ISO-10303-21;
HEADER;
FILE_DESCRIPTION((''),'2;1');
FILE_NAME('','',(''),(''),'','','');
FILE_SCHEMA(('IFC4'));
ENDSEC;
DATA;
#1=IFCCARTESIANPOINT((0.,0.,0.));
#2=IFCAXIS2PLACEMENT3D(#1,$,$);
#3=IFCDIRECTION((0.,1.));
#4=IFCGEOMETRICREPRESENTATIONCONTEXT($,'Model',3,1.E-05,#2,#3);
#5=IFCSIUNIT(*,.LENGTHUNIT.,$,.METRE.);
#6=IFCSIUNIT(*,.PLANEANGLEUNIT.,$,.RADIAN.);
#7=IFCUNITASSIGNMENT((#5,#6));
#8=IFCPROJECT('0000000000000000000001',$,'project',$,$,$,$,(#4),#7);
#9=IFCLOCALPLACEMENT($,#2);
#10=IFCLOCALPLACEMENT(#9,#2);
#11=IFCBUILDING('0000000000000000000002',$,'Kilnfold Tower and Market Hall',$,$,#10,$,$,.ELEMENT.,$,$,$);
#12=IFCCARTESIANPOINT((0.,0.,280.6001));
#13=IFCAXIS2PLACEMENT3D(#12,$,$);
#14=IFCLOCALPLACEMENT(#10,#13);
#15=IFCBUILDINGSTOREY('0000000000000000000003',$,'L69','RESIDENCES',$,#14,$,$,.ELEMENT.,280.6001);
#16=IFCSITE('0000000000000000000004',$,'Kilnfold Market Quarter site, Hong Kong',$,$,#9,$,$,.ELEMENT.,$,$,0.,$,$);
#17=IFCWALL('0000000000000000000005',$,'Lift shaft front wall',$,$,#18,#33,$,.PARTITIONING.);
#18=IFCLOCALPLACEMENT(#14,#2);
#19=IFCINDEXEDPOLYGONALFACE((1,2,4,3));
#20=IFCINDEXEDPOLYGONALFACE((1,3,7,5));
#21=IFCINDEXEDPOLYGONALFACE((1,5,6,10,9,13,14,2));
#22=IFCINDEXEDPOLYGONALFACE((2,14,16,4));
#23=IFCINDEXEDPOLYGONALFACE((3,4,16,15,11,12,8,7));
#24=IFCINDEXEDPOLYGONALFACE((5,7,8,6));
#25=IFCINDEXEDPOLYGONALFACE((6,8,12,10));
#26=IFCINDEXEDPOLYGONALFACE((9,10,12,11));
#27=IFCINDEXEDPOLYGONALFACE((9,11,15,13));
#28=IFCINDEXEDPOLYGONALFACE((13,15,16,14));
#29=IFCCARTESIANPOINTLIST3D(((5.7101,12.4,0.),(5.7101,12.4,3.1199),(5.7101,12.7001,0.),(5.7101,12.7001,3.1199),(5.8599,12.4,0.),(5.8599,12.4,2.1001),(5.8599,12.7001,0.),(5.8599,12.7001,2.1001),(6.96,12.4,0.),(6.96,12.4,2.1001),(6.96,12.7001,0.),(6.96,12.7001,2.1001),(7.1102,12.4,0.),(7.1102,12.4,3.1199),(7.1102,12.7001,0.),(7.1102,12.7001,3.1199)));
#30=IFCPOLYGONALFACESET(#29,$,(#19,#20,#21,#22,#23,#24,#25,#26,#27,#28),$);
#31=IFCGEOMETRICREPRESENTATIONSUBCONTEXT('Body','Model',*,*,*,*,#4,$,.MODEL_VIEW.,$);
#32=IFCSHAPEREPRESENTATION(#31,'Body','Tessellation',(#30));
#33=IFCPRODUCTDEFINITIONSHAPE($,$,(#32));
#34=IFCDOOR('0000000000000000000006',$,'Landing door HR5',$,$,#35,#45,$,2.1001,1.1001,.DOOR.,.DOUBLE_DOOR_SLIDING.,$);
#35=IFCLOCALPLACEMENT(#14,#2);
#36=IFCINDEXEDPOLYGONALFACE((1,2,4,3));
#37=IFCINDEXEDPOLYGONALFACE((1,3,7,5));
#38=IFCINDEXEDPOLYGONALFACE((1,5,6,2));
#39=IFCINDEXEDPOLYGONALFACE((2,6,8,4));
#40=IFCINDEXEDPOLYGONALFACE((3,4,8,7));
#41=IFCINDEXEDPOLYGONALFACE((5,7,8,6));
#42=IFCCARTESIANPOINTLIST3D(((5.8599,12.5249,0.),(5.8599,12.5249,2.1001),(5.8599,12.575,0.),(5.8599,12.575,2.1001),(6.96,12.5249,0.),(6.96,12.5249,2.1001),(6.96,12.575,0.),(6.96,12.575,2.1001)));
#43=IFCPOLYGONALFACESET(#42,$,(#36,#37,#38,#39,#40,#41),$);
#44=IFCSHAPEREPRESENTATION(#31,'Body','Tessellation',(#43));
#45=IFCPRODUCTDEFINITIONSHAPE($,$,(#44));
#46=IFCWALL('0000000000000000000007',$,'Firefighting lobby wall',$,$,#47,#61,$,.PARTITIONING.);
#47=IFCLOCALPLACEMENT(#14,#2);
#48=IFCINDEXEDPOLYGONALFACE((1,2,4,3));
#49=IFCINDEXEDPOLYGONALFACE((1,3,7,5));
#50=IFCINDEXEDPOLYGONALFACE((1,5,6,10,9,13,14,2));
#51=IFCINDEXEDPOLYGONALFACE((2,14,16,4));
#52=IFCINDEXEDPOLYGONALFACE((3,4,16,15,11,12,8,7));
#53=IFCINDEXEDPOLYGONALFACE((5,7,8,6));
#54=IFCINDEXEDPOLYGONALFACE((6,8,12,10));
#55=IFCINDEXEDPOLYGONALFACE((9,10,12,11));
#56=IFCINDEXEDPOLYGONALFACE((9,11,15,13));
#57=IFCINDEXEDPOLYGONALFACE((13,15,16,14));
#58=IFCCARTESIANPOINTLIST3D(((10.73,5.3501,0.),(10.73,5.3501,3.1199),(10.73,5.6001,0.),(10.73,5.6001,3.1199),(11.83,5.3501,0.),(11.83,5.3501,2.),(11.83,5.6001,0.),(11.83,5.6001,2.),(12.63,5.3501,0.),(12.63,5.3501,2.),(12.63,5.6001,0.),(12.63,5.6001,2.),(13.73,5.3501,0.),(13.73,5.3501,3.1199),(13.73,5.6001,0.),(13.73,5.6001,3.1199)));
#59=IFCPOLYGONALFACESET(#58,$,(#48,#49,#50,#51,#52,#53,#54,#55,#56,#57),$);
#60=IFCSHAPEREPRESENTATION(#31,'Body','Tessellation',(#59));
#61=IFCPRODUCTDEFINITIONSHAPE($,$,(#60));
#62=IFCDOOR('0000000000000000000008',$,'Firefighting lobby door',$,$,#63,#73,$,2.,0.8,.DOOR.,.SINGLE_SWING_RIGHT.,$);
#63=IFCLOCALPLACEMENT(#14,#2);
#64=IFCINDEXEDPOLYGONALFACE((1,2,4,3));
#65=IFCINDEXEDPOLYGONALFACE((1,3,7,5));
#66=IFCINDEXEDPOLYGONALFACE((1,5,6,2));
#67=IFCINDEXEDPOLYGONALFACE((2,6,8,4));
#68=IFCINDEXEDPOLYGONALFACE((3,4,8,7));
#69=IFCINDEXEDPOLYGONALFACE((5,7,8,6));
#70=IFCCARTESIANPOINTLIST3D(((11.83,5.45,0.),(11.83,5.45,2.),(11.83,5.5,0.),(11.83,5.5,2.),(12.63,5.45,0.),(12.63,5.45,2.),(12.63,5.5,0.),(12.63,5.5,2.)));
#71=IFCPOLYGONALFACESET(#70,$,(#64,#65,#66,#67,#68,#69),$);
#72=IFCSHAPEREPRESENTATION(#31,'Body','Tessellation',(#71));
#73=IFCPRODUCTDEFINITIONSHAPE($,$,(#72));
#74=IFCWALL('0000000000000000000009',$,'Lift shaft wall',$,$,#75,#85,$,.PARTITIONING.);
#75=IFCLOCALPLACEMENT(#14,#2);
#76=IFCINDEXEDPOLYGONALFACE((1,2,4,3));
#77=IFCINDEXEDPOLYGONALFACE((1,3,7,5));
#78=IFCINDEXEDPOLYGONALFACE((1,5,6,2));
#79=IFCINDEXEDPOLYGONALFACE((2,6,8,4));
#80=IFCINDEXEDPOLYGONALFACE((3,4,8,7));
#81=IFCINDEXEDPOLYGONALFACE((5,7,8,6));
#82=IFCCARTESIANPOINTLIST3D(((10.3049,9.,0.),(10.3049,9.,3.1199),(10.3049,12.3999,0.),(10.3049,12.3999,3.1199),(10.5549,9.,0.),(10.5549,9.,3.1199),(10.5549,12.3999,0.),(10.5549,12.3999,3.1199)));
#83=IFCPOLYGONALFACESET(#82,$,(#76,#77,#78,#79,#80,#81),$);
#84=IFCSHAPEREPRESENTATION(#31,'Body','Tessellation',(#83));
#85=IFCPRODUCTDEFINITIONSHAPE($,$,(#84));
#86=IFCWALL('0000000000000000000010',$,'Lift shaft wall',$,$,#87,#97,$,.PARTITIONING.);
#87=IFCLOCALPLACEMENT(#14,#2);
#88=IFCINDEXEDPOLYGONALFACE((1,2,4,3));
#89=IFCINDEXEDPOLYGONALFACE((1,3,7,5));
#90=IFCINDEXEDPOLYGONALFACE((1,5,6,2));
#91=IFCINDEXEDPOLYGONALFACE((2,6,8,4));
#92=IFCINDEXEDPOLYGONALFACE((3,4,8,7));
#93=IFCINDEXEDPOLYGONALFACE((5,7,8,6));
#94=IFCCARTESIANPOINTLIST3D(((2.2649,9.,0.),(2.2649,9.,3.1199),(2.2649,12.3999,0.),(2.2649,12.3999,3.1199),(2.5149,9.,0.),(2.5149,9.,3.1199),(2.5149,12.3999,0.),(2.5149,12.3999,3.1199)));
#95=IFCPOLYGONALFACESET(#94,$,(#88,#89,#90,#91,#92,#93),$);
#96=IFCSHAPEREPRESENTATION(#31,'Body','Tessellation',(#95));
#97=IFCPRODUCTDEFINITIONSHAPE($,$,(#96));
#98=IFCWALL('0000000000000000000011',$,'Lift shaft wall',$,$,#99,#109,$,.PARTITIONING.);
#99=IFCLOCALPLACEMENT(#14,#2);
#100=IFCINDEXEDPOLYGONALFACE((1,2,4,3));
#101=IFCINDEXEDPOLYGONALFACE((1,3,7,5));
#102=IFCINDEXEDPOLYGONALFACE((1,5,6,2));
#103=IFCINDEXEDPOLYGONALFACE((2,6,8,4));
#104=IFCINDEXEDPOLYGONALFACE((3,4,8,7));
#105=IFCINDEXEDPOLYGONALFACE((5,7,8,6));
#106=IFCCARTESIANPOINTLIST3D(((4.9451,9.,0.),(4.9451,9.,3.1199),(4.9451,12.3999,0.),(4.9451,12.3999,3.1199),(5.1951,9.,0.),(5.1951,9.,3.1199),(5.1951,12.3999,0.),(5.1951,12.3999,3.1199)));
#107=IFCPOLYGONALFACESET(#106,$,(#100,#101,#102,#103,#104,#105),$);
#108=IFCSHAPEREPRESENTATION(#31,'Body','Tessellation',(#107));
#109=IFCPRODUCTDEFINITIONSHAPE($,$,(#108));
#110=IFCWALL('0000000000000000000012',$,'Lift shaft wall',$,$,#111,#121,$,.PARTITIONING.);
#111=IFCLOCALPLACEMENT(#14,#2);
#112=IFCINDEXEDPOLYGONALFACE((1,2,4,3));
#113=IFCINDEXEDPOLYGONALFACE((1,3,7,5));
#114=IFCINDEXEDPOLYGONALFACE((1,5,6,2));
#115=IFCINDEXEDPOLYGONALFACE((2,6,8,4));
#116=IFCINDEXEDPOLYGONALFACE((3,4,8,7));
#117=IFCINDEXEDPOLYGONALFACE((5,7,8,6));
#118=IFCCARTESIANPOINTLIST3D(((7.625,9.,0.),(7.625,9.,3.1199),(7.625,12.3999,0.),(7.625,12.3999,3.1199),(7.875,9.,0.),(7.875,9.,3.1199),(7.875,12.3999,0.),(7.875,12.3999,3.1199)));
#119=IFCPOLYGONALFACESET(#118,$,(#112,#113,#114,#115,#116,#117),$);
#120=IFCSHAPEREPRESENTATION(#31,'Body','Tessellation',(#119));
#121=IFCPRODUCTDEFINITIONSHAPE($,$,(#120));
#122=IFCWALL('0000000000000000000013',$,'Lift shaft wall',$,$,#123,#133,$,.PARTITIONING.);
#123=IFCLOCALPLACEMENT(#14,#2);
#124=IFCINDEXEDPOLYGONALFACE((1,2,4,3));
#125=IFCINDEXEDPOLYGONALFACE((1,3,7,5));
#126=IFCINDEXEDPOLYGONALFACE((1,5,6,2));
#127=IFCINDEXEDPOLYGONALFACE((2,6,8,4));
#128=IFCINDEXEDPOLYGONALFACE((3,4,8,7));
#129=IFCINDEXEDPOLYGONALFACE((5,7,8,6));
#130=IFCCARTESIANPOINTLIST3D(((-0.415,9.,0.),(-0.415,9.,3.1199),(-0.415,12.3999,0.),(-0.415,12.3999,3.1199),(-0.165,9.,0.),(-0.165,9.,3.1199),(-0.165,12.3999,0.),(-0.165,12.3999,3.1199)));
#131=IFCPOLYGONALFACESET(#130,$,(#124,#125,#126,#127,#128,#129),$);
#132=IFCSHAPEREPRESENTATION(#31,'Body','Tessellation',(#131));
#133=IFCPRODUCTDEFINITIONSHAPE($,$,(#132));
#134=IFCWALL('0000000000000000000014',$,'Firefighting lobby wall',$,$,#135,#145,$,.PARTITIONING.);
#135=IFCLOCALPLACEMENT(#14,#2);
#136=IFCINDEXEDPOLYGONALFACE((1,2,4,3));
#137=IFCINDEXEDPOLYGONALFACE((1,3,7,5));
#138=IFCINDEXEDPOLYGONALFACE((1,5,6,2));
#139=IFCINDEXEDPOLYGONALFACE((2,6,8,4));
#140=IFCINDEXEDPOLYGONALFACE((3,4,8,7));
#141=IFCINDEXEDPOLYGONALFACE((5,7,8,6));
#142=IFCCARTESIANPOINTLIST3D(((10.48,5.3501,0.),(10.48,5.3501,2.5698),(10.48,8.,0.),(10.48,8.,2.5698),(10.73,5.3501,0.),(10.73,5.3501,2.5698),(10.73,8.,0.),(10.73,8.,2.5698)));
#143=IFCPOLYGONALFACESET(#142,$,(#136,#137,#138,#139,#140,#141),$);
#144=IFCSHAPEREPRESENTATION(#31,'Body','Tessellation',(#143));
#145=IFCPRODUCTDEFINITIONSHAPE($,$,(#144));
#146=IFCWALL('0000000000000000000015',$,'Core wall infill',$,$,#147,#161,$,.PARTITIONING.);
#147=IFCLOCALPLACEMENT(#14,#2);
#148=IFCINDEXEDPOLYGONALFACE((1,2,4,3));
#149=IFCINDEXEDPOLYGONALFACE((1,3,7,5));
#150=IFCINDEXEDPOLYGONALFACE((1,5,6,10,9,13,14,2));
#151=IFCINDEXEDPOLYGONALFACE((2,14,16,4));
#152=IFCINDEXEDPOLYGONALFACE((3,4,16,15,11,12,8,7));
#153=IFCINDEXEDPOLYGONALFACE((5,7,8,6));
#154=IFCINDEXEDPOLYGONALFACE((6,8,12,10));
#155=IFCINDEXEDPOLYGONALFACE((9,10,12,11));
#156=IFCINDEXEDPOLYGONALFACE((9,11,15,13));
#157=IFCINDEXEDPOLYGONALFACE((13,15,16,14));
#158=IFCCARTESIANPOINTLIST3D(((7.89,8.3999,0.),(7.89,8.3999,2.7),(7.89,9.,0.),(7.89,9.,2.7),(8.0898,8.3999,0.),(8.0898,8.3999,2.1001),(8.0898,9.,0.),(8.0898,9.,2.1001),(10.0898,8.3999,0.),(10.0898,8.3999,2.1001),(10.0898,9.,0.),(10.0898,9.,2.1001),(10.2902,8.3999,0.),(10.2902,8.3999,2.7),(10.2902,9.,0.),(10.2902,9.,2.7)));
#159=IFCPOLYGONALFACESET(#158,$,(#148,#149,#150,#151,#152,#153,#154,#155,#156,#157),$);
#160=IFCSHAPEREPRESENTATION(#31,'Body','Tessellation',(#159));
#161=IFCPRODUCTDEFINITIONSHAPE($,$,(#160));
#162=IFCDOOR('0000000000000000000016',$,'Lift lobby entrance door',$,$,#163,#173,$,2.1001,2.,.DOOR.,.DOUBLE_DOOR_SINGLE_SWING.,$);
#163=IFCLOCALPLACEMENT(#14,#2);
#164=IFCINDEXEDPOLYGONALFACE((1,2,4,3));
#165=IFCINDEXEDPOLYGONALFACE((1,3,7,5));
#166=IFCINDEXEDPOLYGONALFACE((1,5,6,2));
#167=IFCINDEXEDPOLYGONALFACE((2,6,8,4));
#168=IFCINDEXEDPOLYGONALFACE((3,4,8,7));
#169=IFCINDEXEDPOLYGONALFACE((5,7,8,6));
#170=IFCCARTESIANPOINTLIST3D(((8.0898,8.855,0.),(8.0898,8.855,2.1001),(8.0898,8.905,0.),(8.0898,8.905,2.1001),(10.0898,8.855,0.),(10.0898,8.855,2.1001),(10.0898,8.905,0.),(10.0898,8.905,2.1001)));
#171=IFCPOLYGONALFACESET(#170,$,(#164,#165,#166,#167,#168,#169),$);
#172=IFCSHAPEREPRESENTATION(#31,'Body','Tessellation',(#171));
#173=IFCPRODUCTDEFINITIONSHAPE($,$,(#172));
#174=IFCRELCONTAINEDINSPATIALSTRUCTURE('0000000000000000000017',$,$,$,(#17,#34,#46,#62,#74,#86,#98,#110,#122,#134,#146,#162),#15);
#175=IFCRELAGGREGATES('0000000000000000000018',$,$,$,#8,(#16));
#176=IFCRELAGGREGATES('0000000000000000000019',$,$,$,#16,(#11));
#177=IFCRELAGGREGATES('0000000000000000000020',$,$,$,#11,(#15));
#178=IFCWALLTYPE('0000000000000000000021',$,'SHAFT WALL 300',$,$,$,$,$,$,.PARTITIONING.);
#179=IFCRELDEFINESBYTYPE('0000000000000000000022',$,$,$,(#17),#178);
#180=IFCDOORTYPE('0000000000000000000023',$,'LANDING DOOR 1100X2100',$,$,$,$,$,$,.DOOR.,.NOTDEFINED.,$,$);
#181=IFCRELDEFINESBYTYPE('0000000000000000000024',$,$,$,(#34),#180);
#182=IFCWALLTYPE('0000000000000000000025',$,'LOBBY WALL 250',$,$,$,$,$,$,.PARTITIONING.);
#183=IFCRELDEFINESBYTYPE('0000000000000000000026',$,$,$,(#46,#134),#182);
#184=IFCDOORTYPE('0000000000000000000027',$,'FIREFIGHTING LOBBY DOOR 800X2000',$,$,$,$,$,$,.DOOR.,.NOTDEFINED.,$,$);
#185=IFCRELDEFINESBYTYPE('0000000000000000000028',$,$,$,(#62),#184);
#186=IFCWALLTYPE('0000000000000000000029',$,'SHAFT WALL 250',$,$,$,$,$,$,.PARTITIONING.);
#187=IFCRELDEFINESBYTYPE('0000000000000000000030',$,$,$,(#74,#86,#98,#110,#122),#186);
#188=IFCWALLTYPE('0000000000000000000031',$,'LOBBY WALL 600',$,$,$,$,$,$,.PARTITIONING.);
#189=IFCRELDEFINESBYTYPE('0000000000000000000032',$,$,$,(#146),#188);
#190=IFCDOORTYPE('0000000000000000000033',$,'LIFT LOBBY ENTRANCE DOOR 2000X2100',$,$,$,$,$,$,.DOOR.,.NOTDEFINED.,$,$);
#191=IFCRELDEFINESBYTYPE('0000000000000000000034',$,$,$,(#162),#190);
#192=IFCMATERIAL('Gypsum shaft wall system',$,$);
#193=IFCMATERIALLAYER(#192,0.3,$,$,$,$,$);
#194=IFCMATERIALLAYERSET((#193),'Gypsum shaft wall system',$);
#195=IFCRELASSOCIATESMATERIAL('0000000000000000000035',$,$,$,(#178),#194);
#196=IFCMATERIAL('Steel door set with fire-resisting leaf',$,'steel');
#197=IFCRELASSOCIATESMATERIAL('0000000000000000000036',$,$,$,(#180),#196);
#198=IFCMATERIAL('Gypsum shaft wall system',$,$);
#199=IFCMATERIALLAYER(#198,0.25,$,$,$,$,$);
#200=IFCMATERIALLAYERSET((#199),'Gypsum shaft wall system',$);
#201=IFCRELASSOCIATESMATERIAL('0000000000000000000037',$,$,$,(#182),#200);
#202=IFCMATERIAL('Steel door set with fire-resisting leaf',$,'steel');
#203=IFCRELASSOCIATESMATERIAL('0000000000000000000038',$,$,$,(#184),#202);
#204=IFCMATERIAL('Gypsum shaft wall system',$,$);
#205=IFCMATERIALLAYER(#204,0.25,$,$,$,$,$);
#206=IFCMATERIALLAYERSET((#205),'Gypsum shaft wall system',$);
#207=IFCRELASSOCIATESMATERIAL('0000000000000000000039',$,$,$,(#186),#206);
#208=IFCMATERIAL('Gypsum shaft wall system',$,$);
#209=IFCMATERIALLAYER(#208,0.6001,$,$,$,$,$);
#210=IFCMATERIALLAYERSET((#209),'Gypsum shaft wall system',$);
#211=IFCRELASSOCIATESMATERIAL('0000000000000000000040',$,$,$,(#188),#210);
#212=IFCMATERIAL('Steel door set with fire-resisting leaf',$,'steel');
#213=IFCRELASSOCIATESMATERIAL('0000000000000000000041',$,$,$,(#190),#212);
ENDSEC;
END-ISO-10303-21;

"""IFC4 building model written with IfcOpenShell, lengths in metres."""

from ifc_helpers import new_model, si_unit, direction, frame, frame_2d, origin, place, context, subcontext, project, spatial, rectangle, extrude, source, transform, mapped, material, layer, layer_set, type_object, element, fill, save


model = new_model("IFC4")

# Units and contexts
model_context = context("Model", 3, precision=1e-05, world=origin(), true_north=direction((0.0, 1.0)))
body_context = subcontext(model_context, "Body", "Model", "MODEL_VIEW")
ifc_project = project(units=[si_unit("LENGTHUNIT", "METRE"), si_unit("PLANEANGLEUNIT", "RADIAN")], contexts=[model_context])

# Site, building, storey
site_placement = place(None, origin())
site = spatial("IfcSite", under=ifc_project, at=site_placement, Name="Kilnfold Market Quarter site, Hong Kong", CompositionType="ELEMENT", RefElevation=0.0)
building_placement = place(site_placement, origin())
building = spatial("IfcBuilding", under=site, at=building_placement, Name="Kilnfold Tower and Market Hall", CompositionType="ELEMENT")
storey_placement = place(building_placement, frame((0.0, 0.0, 280.6001)))
storey = spatial("IfcBuildingStorey", under=building, at=storey_placement, Name="L69", Description="RESIDENCES", CompositionType="ELEMENT", Elevation=280.6001)

# Walls, openings, doors
ifc_material_1 = material(Name="Gypsum shaft wall system")
ifc_layer_1 = layer(ifc_material_1, 0.3)
ifc_layer_set_1 = layer_set([ifc_layer_1], Name="Gypsum shaft wall system")
wall_type_1 = type_object("IfcWallType", Name="SHAFT WALL 300", PredefinedType="PARTITIONING", material=ifc_layer_set_1)
ifc_material_2 = material(Name="Steel door set with fire-resisting leaf", Category="steel")
door_type_1 = type_object("IfcDoorType", Name="LANDING DOOR 1100X2100", OperationType="NOTDEFINED", PredefinedType="DOOR", material=ifc_material_2)
shared_shape_1 = source(origin(), body_context, "Body", "SweptSolid", [
    extrude(rectangle(XDim=1.4001, YDim=0.3, at=frame_2d((0.7002, 0.0))), origin(), (0.0, 0.0, 1.0), 3.1199),
])
wall_1_placement = place(storey_placement, frame((5.71, 12.55, 0.0), z_axis=(0.0, 0.0, 1.0), x_axis=(1.0, 0.0, 0.0)))
wall_1 = element("IfcWall", 1, at=wall_1_placement, inside=storey, type_object=wall_type_1, Name="Lift shaft front wall", PredefinedType="PARTITIONING", context=body_context, shape_type="MappedRepresentation", body=[
    mapped(shared_shape_1, transform((0.0, 0.0, 0.0))),
])
opening_1_placement = place(wall_1_placement, frame((0.1499, 0.0, 0.0)))
opening_1 = element("IfcOpeningElement", 2, at=opening_1_placement, cuts=wall_1, PredefinedType="OPENING", context=body_context, shape_type="SweptSolid", body=[
    extrude(rectangle(XDim=1.1001, YDim=2.1001, at=frame_2d((0.55, 1.05))), frame((0.0, 0.1602, 0.0), z_axis=(0.0, -1.0, 0.0), x_axis=(1.0, 0.0, 0.0)), (0.0, 0.0, 1.0), 0.3201),
])
door_1_placement = place(opening_1_placement, origin())
door_1 = element("IfcDoor", 3, at=door_1_placement, inside=storey, type_object=door_type_1, Name="Landing door HR5", OperationType="DOUBLE_DOOR_SLIDING", OverallHeight=2.1001, OverallWidth=1.1001, PredefinedType="DOOR", context=body_context, shape_type="SweptSolid", body=[
    extrude(rectangle(XDim=1.1001, YDim=2.1001, at=frame_2d((0.55, 1.05))), frame((0.0, 0.0249, 0.0), z_axis=(0.0, -1.0, 0.0), x_axis=(1.0, 0.0, 0.0)), (0.0, 0.0, 1.0), 0.05),
])
fill(opening_1, door_1)
ifc_material_3 = material(Name="Gypsum shaft wall system")
ifc_layer_2 = layer(ifc_material_3, 0.25)
ifc_layer_set_2 = layer_set([ifc_layer_2], Name="Gypsum shaft wall system")
wall_type_2 = type_object("IfcWallType", Name="LOBBY WALL 250", PredefinedType="PARTITIONING", material=ifc_layer_set_2)
shared_shape_2 = source(origin(), body_context, "Body", "SweptSolid", [
    extrude(rectangle(XDim=3.0, YDim=0.25, at=frame_2d((1.5, 0.0))), origin(), (0.0, 0.0, 1.0), 3.1199),
])
wall_2_placement = place(storey_placement, frame((10.73, 5.4751, 0.0), z_axis=(0.0, 0.0, 1.0), x_axis=(1.0, 0.0, 0.0)))
wall_2 = element("IfcWall", 4, at=wall_2_placement, inside=storey, type_object=wall_type_2, Name="Firefighting lobby wall", PredefinedType="PARTITIONING", context=body_context, shape_type="MappedRepresentation", body=[
    mapped(shared_shape_2, transform((0.0, 0.0, 0.0))),
])
opening_2_placement = place(wall_2_placement, frame((1.1001, 0.0, 0.0)))
opening_2 = element("IfcOpeningElement", 5, at=opening_2_placement, cuts=wall_2, PredefinedType="OPENING", context=body_context, shape_type="SweptSolid", body=[
    extrude(rectangle(XDim=0.8, YDim=2.0, at=frame_2d((0.3999, 1.0))), frame((0.0, 0.135, 0.0), z_axis=(0.0, -1.0, 0.0), x_axis=(1.0, 0.0, 0.0)), (0.0, 0.0, 1.0), 0.27),
])
ifc_material_4 = material(Name="Steel door set with fire-resisting leaf", Category="steel")
door_type_2 = type_object("IfcDoorType", Name="FIREFIGHTING LOBBY DOOR 800X2000", OperationType="NOTDEFINED", PredefinedType="DOOR", material=ifc_material_4)
door_2_placement = place(opening_2_placement, origin())
door_2 = element("IfcDoor", 6, at=door_2_placement, inside=storey, type_object=door_type_2, Name="Firefighting lobby door", OperationType="SINGLE_SWING_RIGHT", OverallHeight=2.0, OverallWidth=0.8, PredefinedType="DOOR", context=body_context, shape_type="SweptSolid", body=[
    extrude(rectangle(XDim=0.8, YDim=2.0, at=frame_2d((0.3999, 1.0))), frame((0.0, 0.0249, 0.0), z_axis=(0.0, -1.0, 0.0), x_axis=(1.0, 0.0, 0.0)), (0.0, 0.0, 1.0), 0.05),
])
fill(opening_2, door_2)

# Walls
ifc_material_5 = material(Name="Gypsum shaft wall system")
ifc_layer_3 = layer(ifc_material_5, 0.25)
ifc_layer_set_3 = layer_set([ifc_layer_3], Name="Gypsum shaft wall system")
wall_type_3 = type_object("IfcWallType", Name="SHAFT WALL 250", PredefinedType="PARTITIONING", material=ifc_layer_set_3)
shared_shape_3 = source(origin(), body_context, "Body", "SweptSolid", [
    extrude(rectangle(XDim=3.3999, YDim=0.25, at=frame_2d((1.7, 0.0))), origin(), (0.0, 0.0, 1.0), 3.1199),
])
for number, where, z_axis, x_axis, name in (
    (7, (10.4299, 9.0, 0.0), (0.0, 0.0, 1.0), (0.0, 1.0, 0.0), "Lift shaft wall"),
    (8, (2.3899, 9.0, 0.0), (0.0, 0.0, 1.0), (0.0, 1.0, 0.0), "Lift shaft wall"),
    (9, (5.0701, 9.0, 0.0), (0.0, 0.0, 1.0), (0.0, 1.0, 0.0), "Lift shaft wall"),
    (10, (7.75, 9.0, 0.0), (0.0, 0.0, 1.0), (0.0, 1.0, 0.0), "Lift shaft wall"),
    (11, (-0.29, 9.0, 0.0), (0.0, 0.0, 1.0), (0.0, 1.0, 0.0), "Lift shaft wall"),
):
    element("IfcWall", number, at=place(storey_placement, frame(where, z_axis=z_axis, x_axis=x_axis)), inside=storey, type_object=wall_type_3, Name=name, PredefinedType="PARTITIONING", context=body_context, shape_type="MappedRepresentation", body=[
        mapped(shared_shape_3, transform((0.0, 0.0, 0.0))),
    ])
shared_shape_4 = source(origin(), body_context, "Body", "SweptSolid", [
    extrude(rectangle(XDim=2.6499, YDim=0.25, at=frame_2d((1.325, 0.0))), origin(), (0.0, 0.0, 1.0), 2.5698),
])
wall_3_placement = place(storey_placement, frame((10.605, 5.3501, 0.0), z_axis=(0.0, 0.0, 1.0), x_axis=(0.0, 1.0, 0.0)))
element("IfcWall", 12, at=wall_3_placement, inside=storey, type_object=wall_type_2, Name="Firefighting lobby wall", PredefinedType="PARTITIONING", context=body_context, shape_type="MappedRepresentation", body=[
    mapped(shared_shape_4, transform((0.0, 0.0, 0.0))),
])

# Wall, opening, door
ifc_material_6 = material(Name="Gypsum shaft wall system")
ifc_layer_4 = layer(ifc_material_6, 0.6001)
ifc_layer_set_4 = layer_set([ifc_layer_4], Name="Gypsum shaft wall system")
wall_type_4 = type_object("IfcWallType", Name="LOBBY WALL 600", PredefinedType="PARTITIONING", material=ifc_layer_set_4)
shared_shape_5 = source(origin(), body_context, "Body", "SweptSolid", [
    extrude(rectangle(XDim=2.4001, YDim=0.6001, at=frame_2d((1.2002, 0.0))), origin(), (0.0, 0.0, 1.0), 2.7),
])
wall_4_placement = place(storey_placement, frame((7.8899, 8.7, 0.0), z_axis=(0.0, 0.0, 1.0), x_axis=(1.0, 0.0, 0.0)))
wall_4 = element("IfcWall", 13, at=wall_4_placement, inside=storey, type_object=wall_type_4, Name="Core wall infill", PredefinedType="PARTITIONING", context=body_context, shape_type="MappedRepresentation", body=[
    mapped(shared_shape_5, transform((0.0, 0.0, 0.0))),
])
opening_3_placement = place(wall_4_placement, frame((0.2, 0.0, 0.0)))
opening_3 = element("IfcOpeningElement", 14, at=opening_3_placement, cuts=wall_4, PredefinedType="OPENING", context=body_context, shape_type="SweptSolid", body=[
    extrude(rectangle(XDim=2.0, YDim=2.1001, at=frame_2d((1.0, 1.05))), frame((0.0, 0.3101, 0.0), z_axis=(0.0, -1.0, 0.0), x_axis=(1.0, 0.0, 0.0)), (0.0, 0.0, 1.0), 0.6201),
])
ifc_material_7 = material(Name="Steel door set with fire-resisting leaf", Category="steel")
door_type_3 = type_object("IfcDoorType", Name="LIFT LOBBY ENTRANCE DOOR 2000X2100", OperationType="NOTDEFINED", PredefinedType="DOOR", material=ifc_material_7)
door_3_placement = place(opening_3_placement, origin())
door_3 = element("IfcDoor", 15, at=door_3_placement, inside=storey, type_object=door_type_3, Name="Lift lobby entrance door", OperationType="DOUBLE_DOOR_SINGLE_SWING", OverallHeight=2.1001, OverallWidth=2.0, PredefinedType="DOOR", context=body_context, shape_type="SweptSolid", body=[
    extrude(rectangle(XDim=2.0, YDim=2.1001, at=frame_2d((1.0, 1.05))), frame((0.0, 0.2051, 0.0), z_axis=(0.0, -1.0, 0.0), x_axis=(1.0, 0.0, 0.0)), (0.0, 0.0, 1.0), 0.05),
])
fill(opening_3, door_3)

save(model, "model.ifc")
